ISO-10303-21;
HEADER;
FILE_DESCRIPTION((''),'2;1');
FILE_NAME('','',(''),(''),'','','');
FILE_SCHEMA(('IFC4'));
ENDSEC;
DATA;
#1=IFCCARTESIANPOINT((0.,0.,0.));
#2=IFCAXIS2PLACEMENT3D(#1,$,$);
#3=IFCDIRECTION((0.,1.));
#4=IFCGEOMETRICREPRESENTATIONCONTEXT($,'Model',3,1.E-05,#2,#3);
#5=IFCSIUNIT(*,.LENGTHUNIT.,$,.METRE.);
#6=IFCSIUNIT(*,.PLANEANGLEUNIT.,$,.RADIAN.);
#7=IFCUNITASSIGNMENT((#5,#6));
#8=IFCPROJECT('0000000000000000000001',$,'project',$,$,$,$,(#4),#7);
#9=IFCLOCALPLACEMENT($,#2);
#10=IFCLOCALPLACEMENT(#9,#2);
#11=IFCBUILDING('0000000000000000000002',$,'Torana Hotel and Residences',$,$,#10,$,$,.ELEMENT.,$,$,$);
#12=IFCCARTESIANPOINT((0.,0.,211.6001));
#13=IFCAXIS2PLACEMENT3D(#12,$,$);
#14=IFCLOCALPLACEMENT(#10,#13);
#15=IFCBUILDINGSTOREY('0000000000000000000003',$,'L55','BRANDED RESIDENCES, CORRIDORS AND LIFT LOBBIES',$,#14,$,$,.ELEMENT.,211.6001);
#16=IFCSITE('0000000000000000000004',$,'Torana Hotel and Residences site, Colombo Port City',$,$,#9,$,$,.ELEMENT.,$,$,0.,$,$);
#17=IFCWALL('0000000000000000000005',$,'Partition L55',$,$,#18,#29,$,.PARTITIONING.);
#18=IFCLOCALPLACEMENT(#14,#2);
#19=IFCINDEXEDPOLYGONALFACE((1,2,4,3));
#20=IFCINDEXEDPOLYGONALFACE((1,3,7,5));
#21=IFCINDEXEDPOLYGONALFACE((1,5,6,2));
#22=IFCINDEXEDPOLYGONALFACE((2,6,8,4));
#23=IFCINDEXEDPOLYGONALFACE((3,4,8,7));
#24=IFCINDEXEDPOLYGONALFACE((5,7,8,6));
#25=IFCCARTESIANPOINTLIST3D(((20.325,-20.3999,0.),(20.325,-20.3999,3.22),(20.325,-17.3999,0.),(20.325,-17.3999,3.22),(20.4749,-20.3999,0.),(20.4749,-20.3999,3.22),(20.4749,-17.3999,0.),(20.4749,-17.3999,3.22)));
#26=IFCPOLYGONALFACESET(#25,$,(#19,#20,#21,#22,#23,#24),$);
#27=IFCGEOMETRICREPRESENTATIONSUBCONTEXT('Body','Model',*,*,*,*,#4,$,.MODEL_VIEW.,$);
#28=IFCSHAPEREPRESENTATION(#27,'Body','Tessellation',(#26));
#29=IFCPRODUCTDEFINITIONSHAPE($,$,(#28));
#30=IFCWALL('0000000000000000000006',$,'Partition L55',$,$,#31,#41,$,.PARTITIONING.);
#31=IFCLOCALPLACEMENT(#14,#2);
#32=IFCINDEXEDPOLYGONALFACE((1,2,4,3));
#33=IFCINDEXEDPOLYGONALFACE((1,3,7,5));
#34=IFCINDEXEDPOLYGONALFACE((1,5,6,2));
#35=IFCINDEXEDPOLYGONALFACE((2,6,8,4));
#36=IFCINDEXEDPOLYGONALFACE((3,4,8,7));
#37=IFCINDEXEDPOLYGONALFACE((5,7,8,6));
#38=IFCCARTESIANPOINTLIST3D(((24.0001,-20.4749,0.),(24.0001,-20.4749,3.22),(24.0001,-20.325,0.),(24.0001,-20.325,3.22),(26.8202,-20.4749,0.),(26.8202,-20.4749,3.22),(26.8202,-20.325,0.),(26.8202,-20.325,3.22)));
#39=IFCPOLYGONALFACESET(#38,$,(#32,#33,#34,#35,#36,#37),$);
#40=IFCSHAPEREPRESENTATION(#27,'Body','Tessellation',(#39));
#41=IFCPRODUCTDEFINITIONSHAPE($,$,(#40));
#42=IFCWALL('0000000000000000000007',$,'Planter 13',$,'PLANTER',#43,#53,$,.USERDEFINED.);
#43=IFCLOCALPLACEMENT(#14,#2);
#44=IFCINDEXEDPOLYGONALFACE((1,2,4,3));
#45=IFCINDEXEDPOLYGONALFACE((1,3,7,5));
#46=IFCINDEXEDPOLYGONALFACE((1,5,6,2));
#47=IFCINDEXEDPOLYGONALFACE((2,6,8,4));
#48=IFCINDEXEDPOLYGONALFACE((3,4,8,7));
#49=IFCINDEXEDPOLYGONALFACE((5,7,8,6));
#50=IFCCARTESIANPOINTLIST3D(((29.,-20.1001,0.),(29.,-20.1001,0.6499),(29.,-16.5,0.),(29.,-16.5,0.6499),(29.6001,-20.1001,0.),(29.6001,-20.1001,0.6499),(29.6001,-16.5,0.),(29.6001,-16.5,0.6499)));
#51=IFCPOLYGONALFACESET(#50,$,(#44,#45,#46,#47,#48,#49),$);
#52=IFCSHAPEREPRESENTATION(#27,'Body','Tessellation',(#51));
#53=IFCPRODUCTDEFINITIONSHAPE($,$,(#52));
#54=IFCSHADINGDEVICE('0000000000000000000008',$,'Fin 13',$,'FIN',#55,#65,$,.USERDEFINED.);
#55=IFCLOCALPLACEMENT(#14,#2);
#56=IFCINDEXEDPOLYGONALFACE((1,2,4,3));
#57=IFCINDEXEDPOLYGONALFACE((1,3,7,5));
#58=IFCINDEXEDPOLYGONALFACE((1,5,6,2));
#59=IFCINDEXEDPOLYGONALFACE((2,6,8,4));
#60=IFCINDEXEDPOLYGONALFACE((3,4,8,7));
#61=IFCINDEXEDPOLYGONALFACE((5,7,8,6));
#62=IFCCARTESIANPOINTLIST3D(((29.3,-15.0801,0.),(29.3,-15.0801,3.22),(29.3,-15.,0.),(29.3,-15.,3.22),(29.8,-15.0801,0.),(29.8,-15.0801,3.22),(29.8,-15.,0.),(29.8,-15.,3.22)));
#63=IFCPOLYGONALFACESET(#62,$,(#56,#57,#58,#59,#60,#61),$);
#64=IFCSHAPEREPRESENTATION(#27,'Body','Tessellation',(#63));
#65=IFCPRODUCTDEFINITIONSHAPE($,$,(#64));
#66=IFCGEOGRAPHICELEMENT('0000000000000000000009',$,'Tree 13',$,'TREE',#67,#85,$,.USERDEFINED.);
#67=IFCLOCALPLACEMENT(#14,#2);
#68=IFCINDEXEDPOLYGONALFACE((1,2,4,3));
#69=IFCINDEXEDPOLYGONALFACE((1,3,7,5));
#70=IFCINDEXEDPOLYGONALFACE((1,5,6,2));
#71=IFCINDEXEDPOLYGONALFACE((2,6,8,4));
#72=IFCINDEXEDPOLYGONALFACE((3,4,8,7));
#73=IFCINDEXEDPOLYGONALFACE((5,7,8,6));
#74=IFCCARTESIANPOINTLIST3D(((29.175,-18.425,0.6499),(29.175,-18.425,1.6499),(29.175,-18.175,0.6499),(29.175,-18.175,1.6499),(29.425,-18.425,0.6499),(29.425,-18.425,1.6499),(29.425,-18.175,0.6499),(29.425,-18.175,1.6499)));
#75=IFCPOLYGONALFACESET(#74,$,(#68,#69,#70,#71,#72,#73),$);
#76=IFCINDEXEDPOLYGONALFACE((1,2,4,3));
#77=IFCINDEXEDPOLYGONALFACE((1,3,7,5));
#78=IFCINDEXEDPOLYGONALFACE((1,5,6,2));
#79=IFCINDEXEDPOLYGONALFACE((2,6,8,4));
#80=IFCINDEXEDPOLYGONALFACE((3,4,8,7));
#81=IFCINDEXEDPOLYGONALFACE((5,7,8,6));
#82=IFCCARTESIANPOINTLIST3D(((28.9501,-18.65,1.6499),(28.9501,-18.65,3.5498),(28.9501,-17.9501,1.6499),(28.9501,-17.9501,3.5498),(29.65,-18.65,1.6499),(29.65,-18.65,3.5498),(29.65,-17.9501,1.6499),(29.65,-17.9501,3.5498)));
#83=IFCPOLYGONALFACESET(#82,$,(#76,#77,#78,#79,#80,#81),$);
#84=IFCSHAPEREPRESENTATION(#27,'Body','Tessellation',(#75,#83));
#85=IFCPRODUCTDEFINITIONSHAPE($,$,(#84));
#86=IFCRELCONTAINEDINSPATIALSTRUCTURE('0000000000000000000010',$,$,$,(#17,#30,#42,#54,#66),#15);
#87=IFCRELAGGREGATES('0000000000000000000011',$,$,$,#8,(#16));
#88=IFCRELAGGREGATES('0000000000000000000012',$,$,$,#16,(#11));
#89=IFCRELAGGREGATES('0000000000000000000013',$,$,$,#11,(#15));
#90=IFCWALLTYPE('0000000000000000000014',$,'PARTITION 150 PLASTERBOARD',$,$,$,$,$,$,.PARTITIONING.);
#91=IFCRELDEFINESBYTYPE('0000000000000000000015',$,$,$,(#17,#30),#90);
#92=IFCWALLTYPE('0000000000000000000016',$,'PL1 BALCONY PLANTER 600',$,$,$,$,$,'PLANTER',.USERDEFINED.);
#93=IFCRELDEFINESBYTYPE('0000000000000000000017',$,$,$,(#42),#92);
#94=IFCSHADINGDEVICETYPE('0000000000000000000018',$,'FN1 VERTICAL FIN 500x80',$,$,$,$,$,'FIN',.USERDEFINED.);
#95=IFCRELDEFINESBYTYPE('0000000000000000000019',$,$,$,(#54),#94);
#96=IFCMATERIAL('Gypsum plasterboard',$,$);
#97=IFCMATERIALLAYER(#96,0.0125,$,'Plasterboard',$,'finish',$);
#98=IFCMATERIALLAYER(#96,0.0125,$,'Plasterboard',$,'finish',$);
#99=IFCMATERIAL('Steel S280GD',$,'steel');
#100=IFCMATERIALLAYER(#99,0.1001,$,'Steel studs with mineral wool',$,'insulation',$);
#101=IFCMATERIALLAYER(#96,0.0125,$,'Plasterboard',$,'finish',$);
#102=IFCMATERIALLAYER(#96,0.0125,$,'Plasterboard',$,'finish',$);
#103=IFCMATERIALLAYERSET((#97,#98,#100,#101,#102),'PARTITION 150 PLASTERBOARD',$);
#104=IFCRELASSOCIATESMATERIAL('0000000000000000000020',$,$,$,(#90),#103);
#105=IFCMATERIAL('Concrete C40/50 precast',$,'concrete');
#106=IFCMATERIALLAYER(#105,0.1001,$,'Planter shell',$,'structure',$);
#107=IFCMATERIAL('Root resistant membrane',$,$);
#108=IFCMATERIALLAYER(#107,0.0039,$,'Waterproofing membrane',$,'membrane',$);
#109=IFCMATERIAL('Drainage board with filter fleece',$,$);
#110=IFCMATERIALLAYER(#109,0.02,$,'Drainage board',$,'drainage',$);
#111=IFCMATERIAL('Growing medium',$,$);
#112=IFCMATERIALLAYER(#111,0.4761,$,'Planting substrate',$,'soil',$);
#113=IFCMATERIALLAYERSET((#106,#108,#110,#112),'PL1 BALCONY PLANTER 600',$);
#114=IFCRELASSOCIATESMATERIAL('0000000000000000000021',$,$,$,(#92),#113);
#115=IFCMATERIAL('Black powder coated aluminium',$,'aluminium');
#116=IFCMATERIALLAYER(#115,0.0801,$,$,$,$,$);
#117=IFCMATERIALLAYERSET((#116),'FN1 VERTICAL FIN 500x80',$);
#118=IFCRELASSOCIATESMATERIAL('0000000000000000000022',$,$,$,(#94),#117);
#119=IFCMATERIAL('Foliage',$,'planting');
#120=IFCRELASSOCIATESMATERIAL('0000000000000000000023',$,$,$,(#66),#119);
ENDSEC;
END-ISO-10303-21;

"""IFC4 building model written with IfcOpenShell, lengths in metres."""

from ifc_helpers import new_model, si_unit, direction, frame, frame_2d, origin, origin_2d, place, context, subcontext, project, spatial, rectangle, extrude, material, layer, layer_set, type_object, element, save


model = new_model("IFC4")

# Units and contexts
model_context = context("Model", 3, precision=1e-05, world=origin(), true_north=direction((0.0, 1.0)))
body_context = subcontext(model_context, "Body", "Model", "MODEL_VIEW")
ifc_project = project(units=[si_unit("LENGTHUNIT", "METRE"), si_unit("PLANEANGLEUNIT", "RADIAN")], contexts=[model_context])

# Site, building, storey
site_placement = place(None, origin())
site = spatial("IfcSite", under=ifc_project, at=site_placement, Name="Torana Hotel and Residences site, Colombo Port City", CompositionType="ELEMENT", RefElevation=0.0)
building_placement = place(site_placement, origin())
building = spatial("IfcBuilding", under=site, at=building_placement, Name="Torana Hotel and Residences", CompositionType="ELEMENT")
storey_placement = place(building_placement, frame((0.0, 0.0, 211.6001)))
storey = spatial("IfcBuildingStorey", under=building, at=storey_placement, Name="L55", Description="BRANDED RESIDENCES, CORRIDORS AND LIFT LOBBIES", CompositionType="ELEMENT", Elevation=211.6001)

# Walls
ifc_material_1 = material(Name="Gypsum plasterboard")
ifc_layer_1 = layer(ifc_material_1, 0.0125, Name="Plasterboard", Category="finish")
ifc_layer_2 = layer(ifc_material_1, 0.0125, Name="Plasterboard", Category="finish")
ifc_material_2 = material(Name="Steel S280GD", Category="steel")
ifc_layer_3 = layer(ifc_material_2, 0.1001, Name="Steel studs with mineral wool", Category="insulation")
ifc_layer_4 = layer(ifc_material_1, 0.0125, Name="Plasterboard", Category="finish")
ifc_layer_5 = layer(ifc_material_1, 0.0125, Name="Plasterboard", Category="finish")
ifc_layer_set_1 = layer_set([ifc_layer_1, ifc_layer_2, ifc_layer_3, ifc_layer_4, ifc_layer_5], Name="PARTITION 150 PLASTERBOARD")
wall_type_1 = type_object("IfcWallType", Name="PARTITION 150 PLASTERBOARD", PredefinedType="PARTITIONING", material=ifc_layer_set_1)
wall_1_placement = place(storey_placement, frame((20.3999, -20.3999, 0.0), z_axis=(0.0, 0.0, 1.0), x_axis=(0.0, 1.0, 0.0)))
element("IfcWall", 1, at=wall_1_placement, inside=storey, type_object=wall_type_1, Name="Partition L55", PredefinedType="PARTITIONING", context=body_context, shape_type="SweptSolid", body=[
    extrude(rectangle(XDim=3.0, YDim=0.1499, at=frame_2d((1.5, 0.0))), origin(), (0.0, 0.0, 1.0), 3.22),
])
wall_2_placement = place(storey_placement, frame((24.0, -20.3999, 0.0), z_axis=(0.0, 0.0, 1.0), x_axis=(1.0, 0.0, 0.0)))
element("IfcWall", 2, at=wall_2_placement, inside=storey, type_object=wall_type_1, Name="Partition L55", PredefinedType="PARTITIONING", context=body_context, shape_type="SweptSolid", body=[
    extrude(rectangle(XDim=2.8201, YDim=0.1499, at=frame_2d((1.4102, 0.0))), origin(), (0.0, 0.0, 1.0), 3.22),
])
ifc_material_3 = material(Name="Concrete C40/50 precast", Category="concrete")
ifc_layer_6 = layer(ifc_material_3, 0.1001, Name="Planter shell", Category="structure")
ifc_material_4 = material(Name="Root resistant membrane")
ifc_layer_7 = layer(ifc_material_4, 0.0039, Name="Waterproofing membrane", Category="membrane")
ifc_material_5 = material(Name="Drainage board with filter fleece")
ifc_layer_8 = layer(ifc_material_5, 0.02, Name="Drainage board", Category="drainage")
ifc_material_6 = material(Name="Growing medium")
ifc_layer_9 = layer(ifc_material_6, 0.4761, Name="Planting substrate", Category="soil")
ifc_layer_set_2 = layer_set([ifc_layer_6, ifc_layer_7, ifc_layer_8, ifc_layer_9], Name="PL1 BALCONY PLANTER 600")
wall_type_2 = type_object("IfcWallType", Name="PL1 BALCONY PLANTER 600", ElementType="PLANTER", PredefinedType="USERDEFINED", material=ifc_layer_set_2)
wall_3_placement = place(storey_placement, frame((29.3, -16.5, 0.0), z_axis=(0.0, 0.0, 1.0), x_axis=(0.0, -1.0, 0.0)))
element("IfcWall", 3, at=wall_3_placement, inside=storey, type_object=wall_type_2, Name="Planter 13", ObjectType="PLANTER", PredefinedType="USERDEFINED", context=body_context, shape_type="SweptSolid", body=[
    extrude(rectangle(XDim=3.6001, YDim=0.6001, at=frame_2d((1.8, 0.0))), origin(), (0.0, 0.0, 1.0), 0.6499),
])

# Shading device
ifc_material_7 = material(Name="Black powder coated aluminium", Category="aluminium")
ifc_layer_10 = layer(ifc_material_7, 0.0801)
ifc_layer_set_3 = layer_set([ifc_layer_10], Name="FN1 VERTICAL FIN 500x80")
shading_device_type = type_object("IfcShadingDeviceType", Name="FN1 VERTICAL FIN 500x80", ElementType="FIN", PredefinedType="USERDEFINED", material=ifc_layer_set_3)
shading_device_placement = place(storey_placement, frame((29.55, -15.04, 0.0), z_axis=(0.0, 0.0, 1.0), x_axis=(0.0, -1.0, 0.0)))
element("IfcShadingDevice", 4, at=shading_device_placement, inside=storey, type_object=shading_device_type, Name="Fin 13", ObjectType="FIN", PredefinedType="USERDEFINED", context=body_context, shape_type="SweptSolid", body=[
    extrude(rectangle(XDim=0.0801, YDim=0.5, at=origin_2d()), origin(), (0.0, 0.0, 1.0), 3.22),
])

# Geographic element
ifc_material_8 = material(Name="Foliage", Category="planting")
geographic_element_placement = place(storey_placement, frame((29.3, -18.3, 0.6499), z_axis=(0.0, 0.0, 1.0), x_axis=(1.0, 0.0, 0.0)))
element("IfcGeographicElement", 5, at=geographic_element_placement, inside=storey, material=ifc_material_8, Name="Tree 13", ObjectType="TREE", PredefinedType="USERDEFINED", context=body_context, shape_type="SweptSolid", body=[
    extrude(rectangle(XDim=0.25, YDim=0.25, at=origin_2d()), origin(), (0.0, 0.0, 1.0), 1.0),
    extrude(rectangle(XDim=0.7, YDim=0.7, at=origin_2d()), frame((0.0, 0.0, 1.0)), (0.0, 0.0, 1.0), 1.8999),
])

save(model, "model.ifc")
